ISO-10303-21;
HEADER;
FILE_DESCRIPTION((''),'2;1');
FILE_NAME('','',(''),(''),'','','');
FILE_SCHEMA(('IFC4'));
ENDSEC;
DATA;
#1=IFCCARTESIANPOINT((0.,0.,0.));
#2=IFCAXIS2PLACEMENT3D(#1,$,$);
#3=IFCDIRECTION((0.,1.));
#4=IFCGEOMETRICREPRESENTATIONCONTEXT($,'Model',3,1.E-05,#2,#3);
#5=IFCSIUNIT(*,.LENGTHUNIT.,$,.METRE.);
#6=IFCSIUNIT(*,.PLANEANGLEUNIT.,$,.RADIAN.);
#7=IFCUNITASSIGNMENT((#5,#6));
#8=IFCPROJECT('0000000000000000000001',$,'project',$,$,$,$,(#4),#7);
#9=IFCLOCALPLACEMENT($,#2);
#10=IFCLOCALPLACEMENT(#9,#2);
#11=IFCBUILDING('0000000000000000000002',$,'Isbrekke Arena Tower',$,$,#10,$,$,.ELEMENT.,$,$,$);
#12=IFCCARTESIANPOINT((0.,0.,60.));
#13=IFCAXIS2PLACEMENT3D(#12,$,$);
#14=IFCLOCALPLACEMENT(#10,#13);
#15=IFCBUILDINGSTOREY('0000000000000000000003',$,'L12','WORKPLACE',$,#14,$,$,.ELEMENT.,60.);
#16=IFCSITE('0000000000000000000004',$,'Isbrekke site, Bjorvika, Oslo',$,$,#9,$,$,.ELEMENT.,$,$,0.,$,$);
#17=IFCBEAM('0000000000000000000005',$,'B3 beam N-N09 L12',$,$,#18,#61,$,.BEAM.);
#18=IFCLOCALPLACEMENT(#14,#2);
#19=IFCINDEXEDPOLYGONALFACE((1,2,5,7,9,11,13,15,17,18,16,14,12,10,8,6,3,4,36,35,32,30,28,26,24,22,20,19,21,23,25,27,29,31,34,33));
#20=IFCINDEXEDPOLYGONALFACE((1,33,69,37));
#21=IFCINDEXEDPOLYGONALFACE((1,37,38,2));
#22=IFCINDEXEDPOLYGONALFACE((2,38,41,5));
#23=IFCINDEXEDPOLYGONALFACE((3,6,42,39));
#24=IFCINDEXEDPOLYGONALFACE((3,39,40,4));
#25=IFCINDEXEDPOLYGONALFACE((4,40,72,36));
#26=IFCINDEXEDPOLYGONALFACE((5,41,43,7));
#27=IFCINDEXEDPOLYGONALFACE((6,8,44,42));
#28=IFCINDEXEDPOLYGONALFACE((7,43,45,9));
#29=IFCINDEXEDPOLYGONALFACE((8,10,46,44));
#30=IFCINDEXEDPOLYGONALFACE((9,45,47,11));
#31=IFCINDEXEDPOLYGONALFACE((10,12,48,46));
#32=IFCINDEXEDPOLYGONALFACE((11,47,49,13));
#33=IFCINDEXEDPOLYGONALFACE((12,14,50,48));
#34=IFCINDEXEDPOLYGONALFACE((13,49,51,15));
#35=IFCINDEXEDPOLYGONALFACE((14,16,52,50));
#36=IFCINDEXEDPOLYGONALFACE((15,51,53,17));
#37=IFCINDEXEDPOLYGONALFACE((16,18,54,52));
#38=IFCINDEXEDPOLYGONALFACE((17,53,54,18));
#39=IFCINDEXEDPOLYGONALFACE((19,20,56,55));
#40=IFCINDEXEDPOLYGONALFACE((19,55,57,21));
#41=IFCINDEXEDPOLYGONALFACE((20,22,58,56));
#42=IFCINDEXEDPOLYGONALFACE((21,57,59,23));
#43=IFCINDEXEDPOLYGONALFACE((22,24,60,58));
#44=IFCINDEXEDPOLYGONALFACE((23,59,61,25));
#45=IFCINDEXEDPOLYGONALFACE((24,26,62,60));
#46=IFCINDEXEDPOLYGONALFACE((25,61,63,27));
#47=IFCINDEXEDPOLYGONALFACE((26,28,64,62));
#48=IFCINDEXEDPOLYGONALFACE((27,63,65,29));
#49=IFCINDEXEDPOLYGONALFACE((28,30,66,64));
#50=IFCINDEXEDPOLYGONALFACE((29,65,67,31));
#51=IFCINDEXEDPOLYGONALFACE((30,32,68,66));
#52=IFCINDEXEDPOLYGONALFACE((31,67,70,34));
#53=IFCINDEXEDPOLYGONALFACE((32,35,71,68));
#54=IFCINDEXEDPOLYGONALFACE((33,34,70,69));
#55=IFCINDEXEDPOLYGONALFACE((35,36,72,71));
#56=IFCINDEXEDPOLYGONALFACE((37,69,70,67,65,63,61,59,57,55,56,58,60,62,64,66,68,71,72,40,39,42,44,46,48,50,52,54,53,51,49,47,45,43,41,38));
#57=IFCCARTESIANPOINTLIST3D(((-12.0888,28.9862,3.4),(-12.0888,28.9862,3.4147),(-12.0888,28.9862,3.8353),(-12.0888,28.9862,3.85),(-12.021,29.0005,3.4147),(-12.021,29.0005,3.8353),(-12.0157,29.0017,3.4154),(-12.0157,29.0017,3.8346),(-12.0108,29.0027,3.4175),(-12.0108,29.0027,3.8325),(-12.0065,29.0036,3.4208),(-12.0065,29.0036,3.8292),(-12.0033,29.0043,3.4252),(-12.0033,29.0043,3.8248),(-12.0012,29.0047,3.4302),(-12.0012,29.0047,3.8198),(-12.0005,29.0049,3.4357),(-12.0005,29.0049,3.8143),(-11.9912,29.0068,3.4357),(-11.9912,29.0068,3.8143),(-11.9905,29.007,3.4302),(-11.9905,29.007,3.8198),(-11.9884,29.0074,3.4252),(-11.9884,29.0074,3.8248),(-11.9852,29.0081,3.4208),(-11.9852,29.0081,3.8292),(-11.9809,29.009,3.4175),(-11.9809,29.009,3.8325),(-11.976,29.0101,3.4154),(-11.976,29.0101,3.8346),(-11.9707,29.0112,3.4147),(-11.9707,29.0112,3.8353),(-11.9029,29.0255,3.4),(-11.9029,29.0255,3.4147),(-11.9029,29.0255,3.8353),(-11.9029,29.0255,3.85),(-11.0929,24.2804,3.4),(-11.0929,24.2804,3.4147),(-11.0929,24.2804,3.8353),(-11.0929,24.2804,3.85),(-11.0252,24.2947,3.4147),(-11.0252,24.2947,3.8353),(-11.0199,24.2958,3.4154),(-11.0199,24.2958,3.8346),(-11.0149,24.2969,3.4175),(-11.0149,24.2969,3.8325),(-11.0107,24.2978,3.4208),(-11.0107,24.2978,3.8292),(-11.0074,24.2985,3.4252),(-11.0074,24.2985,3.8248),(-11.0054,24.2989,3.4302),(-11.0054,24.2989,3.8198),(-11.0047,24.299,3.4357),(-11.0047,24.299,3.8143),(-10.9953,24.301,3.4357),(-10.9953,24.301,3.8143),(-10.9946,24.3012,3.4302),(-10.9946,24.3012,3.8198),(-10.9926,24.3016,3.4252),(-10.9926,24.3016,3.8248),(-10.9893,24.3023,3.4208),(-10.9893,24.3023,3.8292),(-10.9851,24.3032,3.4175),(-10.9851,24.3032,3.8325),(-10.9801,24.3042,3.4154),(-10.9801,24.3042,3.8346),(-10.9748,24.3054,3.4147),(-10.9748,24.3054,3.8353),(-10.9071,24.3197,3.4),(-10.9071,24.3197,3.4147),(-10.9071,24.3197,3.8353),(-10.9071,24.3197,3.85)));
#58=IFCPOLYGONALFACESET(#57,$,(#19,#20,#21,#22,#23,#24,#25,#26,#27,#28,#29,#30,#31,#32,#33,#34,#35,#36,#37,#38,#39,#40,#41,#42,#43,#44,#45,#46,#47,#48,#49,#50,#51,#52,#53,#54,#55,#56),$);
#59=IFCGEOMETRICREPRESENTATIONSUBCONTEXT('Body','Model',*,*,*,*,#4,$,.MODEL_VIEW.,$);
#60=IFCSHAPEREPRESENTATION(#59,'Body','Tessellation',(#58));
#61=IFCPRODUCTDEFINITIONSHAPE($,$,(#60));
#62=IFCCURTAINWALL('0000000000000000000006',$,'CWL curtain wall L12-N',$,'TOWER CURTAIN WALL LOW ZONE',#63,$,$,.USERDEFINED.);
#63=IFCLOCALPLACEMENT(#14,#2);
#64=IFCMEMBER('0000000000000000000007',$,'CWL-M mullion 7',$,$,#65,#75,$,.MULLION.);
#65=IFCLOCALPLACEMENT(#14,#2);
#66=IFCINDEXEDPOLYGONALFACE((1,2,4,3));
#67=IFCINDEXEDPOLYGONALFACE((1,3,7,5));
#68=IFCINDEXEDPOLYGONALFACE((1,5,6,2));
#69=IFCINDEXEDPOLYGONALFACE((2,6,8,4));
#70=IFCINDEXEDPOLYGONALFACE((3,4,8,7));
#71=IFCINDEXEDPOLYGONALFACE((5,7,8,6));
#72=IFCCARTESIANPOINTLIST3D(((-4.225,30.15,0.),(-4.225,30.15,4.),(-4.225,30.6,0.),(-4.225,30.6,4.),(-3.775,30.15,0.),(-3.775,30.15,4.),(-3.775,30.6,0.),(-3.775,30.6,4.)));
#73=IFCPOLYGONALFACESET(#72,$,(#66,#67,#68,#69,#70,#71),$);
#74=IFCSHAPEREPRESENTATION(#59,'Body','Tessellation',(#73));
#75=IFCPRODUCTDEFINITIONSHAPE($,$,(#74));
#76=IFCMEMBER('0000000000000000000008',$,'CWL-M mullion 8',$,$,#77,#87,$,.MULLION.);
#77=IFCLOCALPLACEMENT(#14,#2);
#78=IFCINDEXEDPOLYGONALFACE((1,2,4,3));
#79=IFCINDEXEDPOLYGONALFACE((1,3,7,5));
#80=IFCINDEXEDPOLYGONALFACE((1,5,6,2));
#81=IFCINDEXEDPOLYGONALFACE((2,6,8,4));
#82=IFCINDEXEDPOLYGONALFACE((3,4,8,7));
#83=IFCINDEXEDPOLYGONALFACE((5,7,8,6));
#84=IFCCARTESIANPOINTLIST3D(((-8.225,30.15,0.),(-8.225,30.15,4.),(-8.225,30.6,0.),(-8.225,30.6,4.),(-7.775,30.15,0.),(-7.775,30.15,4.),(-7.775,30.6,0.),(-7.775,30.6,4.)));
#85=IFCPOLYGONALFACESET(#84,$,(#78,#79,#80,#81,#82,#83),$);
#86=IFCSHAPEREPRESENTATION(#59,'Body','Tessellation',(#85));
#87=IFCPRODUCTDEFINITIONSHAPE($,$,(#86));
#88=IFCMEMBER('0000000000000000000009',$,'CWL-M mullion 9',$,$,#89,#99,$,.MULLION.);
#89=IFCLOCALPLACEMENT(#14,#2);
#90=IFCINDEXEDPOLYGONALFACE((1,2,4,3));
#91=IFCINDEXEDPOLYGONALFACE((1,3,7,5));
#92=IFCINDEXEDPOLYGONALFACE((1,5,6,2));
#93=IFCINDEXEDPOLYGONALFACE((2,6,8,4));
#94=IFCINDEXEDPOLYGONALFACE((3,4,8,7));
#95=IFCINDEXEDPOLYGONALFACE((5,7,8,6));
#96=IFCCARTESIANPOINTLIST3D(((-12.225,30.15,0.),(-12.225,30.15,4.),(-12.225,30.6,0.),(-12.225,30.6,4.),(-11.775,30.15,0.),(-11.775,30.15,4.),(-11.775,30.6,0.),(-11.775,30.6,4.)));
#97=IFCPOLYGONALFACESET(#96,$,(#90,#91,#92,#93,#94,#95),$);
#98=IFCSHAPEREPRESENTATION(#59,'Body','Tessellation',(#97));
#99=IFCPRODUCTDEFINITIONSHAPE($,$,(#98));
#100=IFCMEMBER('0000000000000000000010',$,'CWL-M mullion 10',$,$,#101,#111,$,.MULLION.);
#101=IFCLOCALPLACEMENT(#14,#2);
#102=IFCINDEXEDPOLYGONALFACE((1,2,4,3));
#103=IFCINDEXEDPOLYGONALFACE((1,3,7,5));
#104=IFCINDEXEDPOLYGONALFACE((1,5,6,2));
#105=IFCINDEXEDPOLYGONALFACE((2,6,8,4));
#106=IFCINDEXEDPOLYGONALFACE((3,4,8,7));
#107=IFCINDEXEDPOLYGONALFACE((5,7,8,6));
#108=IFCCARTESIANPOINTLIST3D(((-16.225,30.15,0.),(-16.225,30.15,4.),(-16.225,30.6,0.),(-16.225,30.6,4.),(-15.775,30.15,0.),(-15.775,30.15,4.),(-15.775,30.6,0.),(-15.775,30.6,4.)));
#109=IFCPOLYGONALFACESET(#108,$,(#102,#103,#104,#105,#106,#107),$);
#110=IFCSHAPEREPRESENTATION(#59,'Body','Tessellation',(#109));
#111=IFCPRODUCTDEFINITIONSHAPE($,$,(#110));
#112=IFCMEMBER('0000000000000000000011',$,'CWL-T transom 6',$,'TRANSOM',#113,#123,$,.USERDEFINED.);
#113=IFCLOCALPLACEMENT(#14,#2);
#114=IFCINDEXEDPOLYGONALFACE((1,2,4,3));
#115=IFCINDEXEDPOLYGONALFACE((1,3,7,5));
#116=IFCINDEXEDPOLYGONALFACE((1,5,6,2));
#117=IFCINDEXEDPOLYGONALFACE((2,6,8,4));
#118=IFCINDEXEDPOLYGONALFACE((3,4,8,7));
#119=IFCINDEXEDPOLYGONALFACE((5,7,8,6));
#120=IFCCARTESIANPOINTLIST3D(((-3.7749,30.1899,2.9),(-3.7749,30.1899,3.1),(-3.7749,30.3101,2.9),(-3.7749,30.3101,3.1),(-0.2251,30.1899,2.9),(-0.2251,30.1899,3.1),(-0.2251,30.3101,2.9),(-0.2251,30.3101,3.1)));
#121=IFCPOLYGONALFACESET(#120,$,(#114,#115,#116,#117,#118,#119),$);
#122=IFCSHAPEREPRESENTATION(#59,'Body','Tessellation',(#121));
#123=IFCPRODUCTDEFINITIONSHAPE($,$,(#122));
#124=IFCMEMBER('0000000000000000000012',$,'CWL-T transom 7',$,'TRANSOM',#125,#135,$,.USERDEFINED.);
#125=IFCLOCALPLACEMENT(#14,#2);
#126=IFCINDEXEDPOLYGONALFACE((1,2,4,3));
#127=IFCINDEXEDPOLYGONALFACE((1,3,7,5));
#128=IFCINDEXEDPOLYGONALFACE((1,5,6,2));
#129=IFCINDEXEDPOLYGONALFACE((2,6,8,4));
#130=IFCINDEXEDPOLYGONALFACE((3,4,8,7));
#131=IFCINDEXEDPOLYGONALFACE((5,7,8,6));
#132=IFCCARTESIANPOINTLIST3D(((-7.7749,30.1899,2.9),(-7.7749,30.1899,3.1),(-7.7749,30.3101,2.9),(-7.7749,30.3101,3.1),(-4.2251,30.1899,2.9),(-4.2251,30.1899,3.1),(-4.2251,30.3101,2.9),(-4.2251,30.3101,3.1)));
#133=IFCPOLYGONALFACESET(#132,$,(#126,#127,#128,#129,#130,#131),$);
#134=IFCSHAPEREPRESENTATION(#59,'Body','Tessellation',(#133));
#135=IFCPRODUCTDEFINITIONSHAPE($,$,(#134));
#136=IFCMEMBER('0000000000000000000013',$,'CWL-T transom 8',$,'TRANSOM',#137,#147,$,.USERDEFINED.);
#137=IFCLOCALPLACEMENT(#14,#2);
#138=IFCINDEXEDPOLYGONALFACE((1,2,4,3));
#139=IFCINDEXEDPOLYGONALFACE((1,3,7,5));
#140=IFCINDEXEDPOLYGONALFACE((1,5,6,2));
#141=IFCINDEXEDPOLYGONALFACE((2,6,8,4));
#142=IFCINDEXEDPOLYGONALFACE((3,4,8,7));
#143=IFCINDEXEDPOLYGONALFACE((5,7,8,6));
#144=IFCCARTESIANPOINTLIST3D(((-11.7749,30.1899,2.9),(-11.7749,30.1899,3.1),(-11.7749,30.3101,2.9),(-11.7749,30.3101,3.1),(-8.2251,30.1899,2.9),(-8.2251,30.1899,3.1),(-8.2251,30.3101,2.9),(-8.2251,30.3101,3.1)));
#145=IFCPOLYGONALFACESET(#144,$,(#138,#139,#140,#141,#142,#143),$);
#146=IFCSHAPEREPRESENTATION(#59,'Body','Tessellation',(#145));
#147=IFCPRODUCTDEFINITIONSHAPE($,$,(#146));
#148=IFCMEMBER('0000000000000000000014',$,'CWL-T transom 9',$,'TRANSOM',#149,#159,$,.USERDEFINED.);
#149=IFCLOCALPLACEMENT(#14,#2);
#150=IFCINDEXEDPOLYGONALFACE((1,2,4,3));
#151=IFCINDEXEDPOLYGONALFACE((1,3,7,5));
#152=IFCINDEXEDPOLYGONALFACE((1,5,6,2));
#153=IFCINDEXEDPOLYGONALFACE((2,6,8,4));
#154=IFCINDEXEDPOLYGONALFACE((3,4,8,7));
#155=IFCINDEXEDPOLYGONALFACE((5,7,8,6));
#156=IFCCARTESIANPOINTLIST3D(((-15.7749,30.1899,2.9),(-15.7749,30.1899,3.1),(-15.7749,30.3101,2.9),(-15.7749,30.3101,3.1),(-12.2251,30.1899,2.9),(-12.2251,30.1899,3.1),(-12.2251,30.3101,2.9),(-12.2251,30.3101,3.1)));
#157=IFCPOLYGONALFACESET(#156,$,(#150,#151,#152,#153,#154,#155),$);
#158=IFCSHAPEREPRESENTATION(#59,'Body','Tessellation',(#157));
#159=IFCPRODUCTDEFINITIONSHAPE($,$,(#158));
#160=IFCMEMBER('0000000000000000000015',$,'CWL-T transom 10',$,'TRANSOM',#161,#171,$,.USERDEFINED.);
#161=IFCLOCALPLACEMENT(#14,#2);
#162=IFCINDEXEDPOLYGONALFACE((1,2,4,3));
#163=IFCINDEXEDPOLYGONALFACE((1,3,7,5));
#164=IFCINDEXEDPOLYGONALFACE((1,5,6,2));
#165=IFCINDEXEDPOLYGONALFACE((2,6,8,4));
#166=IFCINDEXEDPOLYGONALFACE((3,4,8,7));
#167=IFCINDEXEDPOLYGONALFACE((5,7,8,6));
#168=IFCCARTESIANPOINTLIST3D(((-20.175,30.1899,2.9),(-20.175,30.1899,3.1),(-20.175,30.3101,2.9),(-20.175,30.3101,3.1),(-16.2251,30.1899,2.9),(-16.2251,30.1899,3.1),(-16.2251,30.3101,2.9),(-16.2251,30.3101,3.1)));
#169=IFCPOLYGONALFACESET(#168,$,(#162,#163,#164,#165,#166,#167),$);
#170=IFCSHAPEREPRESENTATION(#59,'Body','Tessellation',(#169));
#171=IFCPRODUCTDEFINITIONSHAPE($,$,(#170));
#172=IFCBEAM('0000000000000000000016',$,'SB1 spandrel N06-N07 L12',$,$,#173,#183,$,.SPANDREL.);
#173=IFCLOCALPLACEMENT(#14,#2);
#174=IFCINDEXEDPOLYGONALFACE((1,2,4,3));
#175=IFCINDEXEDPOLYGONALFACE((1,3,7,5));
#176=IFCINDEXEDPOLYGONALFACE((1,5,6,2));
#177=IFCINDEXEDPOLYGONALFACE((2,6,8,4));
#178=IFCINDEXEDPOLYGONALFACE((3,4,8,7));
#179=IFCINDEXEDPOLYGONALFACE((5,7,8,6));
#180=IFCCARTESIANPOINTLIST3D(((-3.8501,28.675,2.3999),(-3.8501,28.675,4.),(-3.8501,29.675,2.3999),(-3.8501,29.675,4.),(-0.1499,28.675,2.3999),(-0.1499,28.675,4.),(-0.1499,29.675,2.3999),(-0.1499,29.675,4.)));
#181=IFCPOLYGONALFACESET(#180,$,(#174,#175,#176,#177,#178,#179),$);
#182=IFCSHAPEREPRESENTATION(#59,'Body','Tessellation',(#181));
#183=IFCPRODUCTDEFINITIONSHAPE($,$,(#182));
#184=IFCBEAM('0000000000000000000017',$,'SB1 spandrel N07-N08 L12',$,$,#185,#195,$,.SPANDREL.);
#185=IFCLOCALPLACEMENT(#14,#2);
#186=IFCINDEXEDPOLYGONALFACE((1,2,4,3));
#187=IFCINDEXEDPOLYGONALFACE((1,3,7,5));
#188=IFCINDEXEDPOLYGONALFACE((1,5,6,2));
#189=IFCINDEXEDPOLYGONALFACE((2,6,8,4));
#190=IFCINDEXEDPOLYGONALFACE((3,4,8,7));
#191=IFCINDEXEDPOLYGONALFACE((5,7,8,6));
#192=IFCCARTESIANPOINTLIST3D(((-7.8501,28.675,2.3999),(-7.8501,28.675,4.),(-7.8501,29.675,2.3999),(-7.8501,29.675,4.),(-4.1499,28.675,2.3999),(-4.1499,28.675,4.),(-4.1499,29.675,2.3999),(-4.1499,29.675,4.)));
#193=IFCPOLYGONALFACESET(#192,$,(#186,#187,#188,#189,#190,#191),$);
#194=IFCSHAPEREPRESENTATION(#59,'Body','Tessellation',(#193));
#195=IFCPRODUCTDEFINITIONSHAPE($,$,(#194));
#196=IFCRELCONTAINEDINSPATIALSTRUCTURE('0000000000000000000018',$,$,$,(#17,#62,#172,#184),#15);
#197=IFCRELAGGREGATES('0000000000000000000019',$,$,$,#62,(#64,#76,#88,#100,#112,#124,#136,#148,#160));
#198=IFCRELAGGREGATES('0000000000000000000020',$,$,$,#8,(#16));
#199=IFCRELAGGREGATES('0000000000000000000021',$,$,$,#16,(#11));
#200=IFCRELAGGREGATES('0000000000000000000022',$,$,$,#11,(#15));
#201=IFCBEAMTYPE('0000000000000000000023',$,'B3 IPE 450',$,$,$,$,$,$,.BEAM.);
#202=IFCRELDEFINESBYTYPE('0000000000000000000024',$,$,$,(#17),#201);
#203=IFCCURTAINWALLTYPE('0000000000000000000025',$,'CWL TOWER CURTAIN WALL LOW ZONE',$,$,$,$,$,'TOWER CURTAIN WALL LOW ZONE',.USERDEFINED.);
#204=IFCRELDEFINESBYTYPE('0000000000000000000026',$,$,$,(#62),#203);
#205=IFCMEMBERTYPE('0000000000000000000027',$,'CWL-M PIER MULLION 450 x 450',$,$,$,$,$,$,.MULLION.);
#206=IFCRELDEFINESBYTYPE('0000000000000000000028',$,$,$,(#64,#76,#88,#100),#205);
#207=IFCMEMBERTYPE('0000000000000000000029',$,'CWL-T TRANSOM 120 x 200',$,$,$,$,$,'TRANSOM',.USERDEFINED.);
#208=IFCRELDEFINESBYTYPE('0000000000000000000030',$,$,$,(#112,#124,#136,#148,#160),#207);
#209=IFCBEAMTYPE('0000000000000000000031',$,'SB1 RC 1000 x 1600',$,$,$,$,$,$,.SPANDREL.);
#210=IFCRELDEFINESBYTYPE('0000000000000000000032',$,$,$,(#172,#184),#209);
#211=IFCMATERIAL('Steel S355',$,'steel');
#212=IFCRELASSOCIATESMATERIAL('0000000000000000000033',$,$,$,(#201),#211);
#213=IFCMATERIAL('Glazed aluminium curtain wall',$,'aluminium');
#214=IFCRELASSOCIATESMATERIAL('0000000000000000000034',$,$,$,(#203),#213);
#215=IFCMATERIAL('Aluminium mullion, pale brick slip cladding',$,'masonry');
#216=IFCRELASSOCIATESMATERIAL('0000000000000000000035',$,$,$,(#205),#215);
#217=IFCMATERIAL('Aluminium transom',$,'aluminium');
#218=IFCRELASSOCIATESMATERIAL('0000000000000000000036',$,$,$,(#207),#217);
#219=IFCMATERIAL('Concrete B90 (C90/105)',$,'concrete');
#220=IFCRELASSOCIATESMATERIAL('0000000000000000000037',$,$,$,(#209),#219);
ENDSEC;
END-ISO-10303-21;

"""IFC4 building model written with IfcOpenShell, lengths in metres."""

from ifc_helpers import new_model, si_unit, direction, frame, origin, origin_2d, place, context, subcontext, project, spatial, rectangle, i_section, extrude, material, material_profile, profile_set, type_object, element, aggregate, save


model = new_model("IFC4")

# Units and contexts
model_context = context("Model", 3, precision=1e-05, world=origin(), true_north=direction((0.0, 1.0)))
body_context = subcontext(model_context, "Body", "Model", "MODEL_VIEW")
ifc_project = project(units=[si_unit("LENGTHUNIT", "METRE"), si_unit("PLANEANGLEUNIT", "RADIAN")], contexts=[model_context])

# Site, building, storey
site_placement = place(None, origin())
site = spatial("IfcSite", under=ifc_project, at=site_placement, Name="Isbrekke site, Bjorvika, Oslo", CompositionType="ELEMENT", RefElevation=0.0)
building_placement = place(site_placement, origin())
building = spatial("IfcBuilding", under=site, at=building_placement, Name="Isbrekke Arena Tower", CompositionType="ELEMENT")
storey_placement = place(building_placement, frame((0.0, 0.0, 60.0)))
storey = spatial("IfcBuildingStorey", under=building, at=storey_placement, Name="L12", Description="WORKPLACE", CompositionType="ELEMENT", Elevation=60.0)

# Beam
ifc_material_1 = material(Name="Steel S355", Category="steel")
ifc_material_profile_1 = material_profile(ifc_material_1, i_section(OverallWidth=0.1899, OverallDepth=0.45, WebThickness=0.0095, FlangeThickness=0.0146, FilletRadius=0.021, at=origin_2d()), Name="IPE 450")
ifc_profile_set_1 = profile_set([ifc_material_profile_1], Name="Steel S355")
beam_type_1 = type_object("IfcBeamType", Name="B3 IPE 450", PredefinedType="BEAM", material=ifc_profile_set_1)
beam_1_placement = place(storey_placement, frame((-11.9958, 29.0059, 3.625), z_axis=(0.207036, -0.978333, 0.0), x_axis=(0.978333, 0.207036, 0.0)))
element("IfcBeam", 1, at=beam_1_placement, inside=storey, type_object=beam_type_1, Name="B3 beam N-N09 L12", PredefinedType="BEAM", context=body_context, shape_type="SweptSolid", body=[
    extrude(i_section(OverallWidth=0.1899, OverallDepth=0.45, WebThickness=0.0095, FlangeThickness=0.0146, FilletRadius=0.021, at=origin_2d()), origin(), (0.0, 0.0, 1.0), 4.8101),
])

# Curtain wall, members
ifc_material_2 = material(Name="Glazed aluminium curtain wall", Category="aluminium")
curtain_wall_type = type_object("IfcCurtainWallType", Name="CWL TOWER CURTAIN WALL LOW ZONE", ElementType="TOWER CURTAIN WALL LOW ZONE", PredefinedType="USERDEFINED", material=ifc_material_2)
curtain_wall_placement = place(storey_placement, origin())
curtain_wall = element("IfcCurtainWall", 2, at=curtain_wall_placement, inside=storey, type_object=curtain_wall_type, Name="CWL curtain wall L12-N", ObjectType="TOWER CURTAIN WALL LOW ZONE", PredefinedType="USERDEFINED")
ifc_material_3 = material(Name="Aluminium mullion, pale brick slip cladding", Category="masonry")
ifc_material_profile_2 = material_profile(ifc_material_3, rectangle(XDim=0.45, YDim=0.45, at=origin_2d()), Name="PIER 450X450")
ifc_profile_set_2 = profile_set([ifc_material_profile_2], Name="Aluminium mullion, pale brick slip cladding")
member_type_1 = type_object("IfcMemberType", Name="CWL-M PIER MULLION 450 x 450", PredefinedType="MULLION", material=ifc_profile_set_2)
member_1_placement = place(storey_placement, frame((-4.0, 30.375, 0.0), z_axis=(0.0, 0.0, 1.0), x_axis=(-1.0, 0.0, 0.0)))
member_1 = element("IfcMember", 3, at=member_1_placement, type_object=member_type_1, Name="CWL-M mullion 7", PredefinedType="MULLION", context=body_context, shape_type="SweptSolid", body=[
    extrude(rectangle(XDim=0.45, YDim=0.45, at=origin_2d()), origin(), (0.0, 0.0, 1.0), 4.0),
])
member_2_placement = place(storey_placement, frame((-8.0, 30.375, 0.0), z_axis=(0.0, 0.0, 1.0), x_axis=(-1.0, 0.0, 0.0)))
member_2 = element("IfcMember", 4, at=member_2_placement, type_object=member_type_1, Name="CWL-M mullion 8", PredefinedType="MULLION", context=body_context, shape_type="SweptSolid", body=[
    extrude(rectangle(XDim=0.45, YDim=0.45, at=origin_2d()), origin(), (0.0, 0.0, 1.0), 4.0),
])
member_3_placement = place(storey_placement, frame((-12.0, 30.375, 0.0), z_axis=(0.0, 0.0, 1.0), x_axis=(-1.0, 0.0, 0.0)))
member_3 = element("IfcMember", 5, at=member_3_placement, type_object=member_type_1, Name="CWL-M mullion 9", PredefinedType="MULLION", context=body_context, shape_type="SweptSolid", body=[
    extrude(rectangle(XDim=0.45, YDim=0.45, at=origin_2d()), origin(), (0.0, 0.0, 1.0), 4.0),
])
member_4_placement = place(storey_placement, frame((-16.0, 30.375, 0.0), z_axis=(0.0, 0.0, 1.0), x_axis=(-1.0, 0.0, 0.0)))
member_4 = element("IfcMember", 6, at=member_4_placement, type_object=member_type_1, Name="CWL-M mullion 10", PredefinedType="MULLION", context=body_context, shape_type="SweptSolid", body=[
    extrude(rectangle(XDim=0.45, YDim=0.45, at=origin_2d()), origin(), (0.0, 0.0, 1.0), 4.0),
])
ifc_material_4 = material(Name="Aluminium transom", Category="aluminium")
ifc_material_profile_3 = material_profile(ifc_material_4, rectangle(XDim=0.1201, YDim=0.2, at=origin_2d()), Name="TRANSOM 120X200")
ifc_profile_set_3 = profile_set([ifc_material_profile_3], Name="Aluminium transom")
member_type_2 = type_object("IfcMemberType", Name="CWL-T TRANSOM 120 x 200", ElementType="TRANSOM", PredefinedType="USERDEFINED", material=ifc_profile_set_3)
member_5_placement = place(storey_placement, frame((-0.2251, 30.25, 3.0), z_axis=(-1.0, 0.0, 0.0), x_axis=(0.0, -1.0, 0.0)))
member_5 = element("IfcMember", 7, at=member_5_placement, type_object=member_type_2, Name="CWL-T transom 6", ObjectType="TRANSOM", PredefinedType="USERDEFINED", context=body_context, shape_type="SweptSolid", body=[
    extrude(rectangle(XDim=0.1201, YDim=0.2, at=origin_2d()), origin(), (0.0, 0.0, 1.0), 3.5498),
])
member_6_placement = place(storey_placement, frame((-4.2251, 30.25, 3.0), z_axis=(-1.0, 0.0, 0.0), x_axis=(0.0, -1.0, 0.0)))
member_6 = element("IfcMember", 8, at=member_6_placement, type_object=member_type_2, Name="CWL-T transom 7", ObjectType="TRANSOM", PredefinedType="USERDEFINED", context=body_context, shape_type="SweptSolid", body=[
    extrude(rectangle(XDim=0.1201, YDim=0.2, at=origin_2d()), origin(), (0.0, 0.0, 1.0), 3.5498),
])
member_7_placement = place(storey_placement, frame((-8.2251, 30.25, 3.0), z_axis=(-1.0, 0.0, 0.0), x_axis=(0.0, -1.0, 0.0)))
member_7 = element("IfcMember", 9, at=member_7_placement, type_object=member_type_2, Name="CWL-T transom 8", ObjectType="TRANSOM", PredefinedType="USERDEFINED", context=body_context, shape_type="SweptSolid", body=[
    extrude(rectangle(XDim=0.1201, YDim=0.2, at=origin_2d()), origin(), (0.0, 0.0, 1.0), 3.5498),
])
member_8_placement = place(storey_placement, frame((-12.2251, 30.25, 3.0), z_axis=(-1.0, 0.0, 0.0), x_axis=(0.0, -1.0, 0.0)))
member_8 = element("IfcMember", 10, at=member_8_placement, type_object=member_type_2, Name="CWL-T transom 9", ObjectType="TRANSOM", PredefinedType="USERDEFINED", context=body_context, shape_type="SweptSolid", body=[
    extrude(rectangle(XDim=0.1201, YDim=0.2, at=origin_2d()), origin(), (0.0, 0.0, 1.0), 3.5498),
])
member_9_placement = place(storey_placement, frame((-16.2251, 30.25, 3.0), z_axis=(-1.0, 0.0, 0.0), x_axis=(0.0, -1.0, 0.0)))
member_9 = element("IfcMember", 11, at=member_9_placement, type_object=member_type_2, Name="CWL-T transom 10", ObjectType="TRANSOM", PredefinedType="USERDEFINED", context=body_context, shape_type="SweptSolid", body=[
    extrude(rectangle(XDim=0.1201, YDim=0.2, at=origin_2d()), origin(), (0.0, 0.0, 1.0), 3.95),
])

# Beams
ifc_material_5 = material(Name="Concrete B90 (C90/105)", Category="concrete")
ifc_material_profile_4 = material_profile(ifc_material_5, rectangle(XDim=1.0, YDim=1.6001, at=origin_2d()), Name="RC 1000x1600")
ifc_profile_set_4 = profile_set([ifc_material_profile_4], Name="Concrete B90 (C90/105)")
beam_type_2 = type_object("IfcBeamType", Name="SB1 RC 1000 x 1600", PredefinedType="SPANDREL", material=ifc_profile_set_4)
for number, where, z_axis, x_axis, name in (
    (12, (-0.1499, 29.175, 3.2), (-1.0, 0.0, 0.0), (0.0, -1.0, 0.0), "SB1 spandrel N06-N07 L12"),
    (13, (-4.1499, 29.175, 3.2), (-1.0, 0.0, 0.0), (0.0, -1.0, 0.0), "SB1 spandrel N07-N08 L12"),
):
    element("IfcBeam", number, at=place(storey_placement, frame(where, z_axis=z_axis, x_axis=x_axis)), inside=storey, type_object=beam_type_2, Name=name, PredefinedType="SPANDREL", context=body_context, shape_type="SweptSolid", body=[
        extrude(rectangle(XDim=1.0, YDim=1.6001, at=origin_2d()), origin(), (0.0, 0.0, 1.0), 3.7002),
    ])

aggregate(curtain_wall, [member_1, member_2, member_3, member_4, member_5, member_6, member_7, member_8, member_9])

save(model, "model.ifc")
